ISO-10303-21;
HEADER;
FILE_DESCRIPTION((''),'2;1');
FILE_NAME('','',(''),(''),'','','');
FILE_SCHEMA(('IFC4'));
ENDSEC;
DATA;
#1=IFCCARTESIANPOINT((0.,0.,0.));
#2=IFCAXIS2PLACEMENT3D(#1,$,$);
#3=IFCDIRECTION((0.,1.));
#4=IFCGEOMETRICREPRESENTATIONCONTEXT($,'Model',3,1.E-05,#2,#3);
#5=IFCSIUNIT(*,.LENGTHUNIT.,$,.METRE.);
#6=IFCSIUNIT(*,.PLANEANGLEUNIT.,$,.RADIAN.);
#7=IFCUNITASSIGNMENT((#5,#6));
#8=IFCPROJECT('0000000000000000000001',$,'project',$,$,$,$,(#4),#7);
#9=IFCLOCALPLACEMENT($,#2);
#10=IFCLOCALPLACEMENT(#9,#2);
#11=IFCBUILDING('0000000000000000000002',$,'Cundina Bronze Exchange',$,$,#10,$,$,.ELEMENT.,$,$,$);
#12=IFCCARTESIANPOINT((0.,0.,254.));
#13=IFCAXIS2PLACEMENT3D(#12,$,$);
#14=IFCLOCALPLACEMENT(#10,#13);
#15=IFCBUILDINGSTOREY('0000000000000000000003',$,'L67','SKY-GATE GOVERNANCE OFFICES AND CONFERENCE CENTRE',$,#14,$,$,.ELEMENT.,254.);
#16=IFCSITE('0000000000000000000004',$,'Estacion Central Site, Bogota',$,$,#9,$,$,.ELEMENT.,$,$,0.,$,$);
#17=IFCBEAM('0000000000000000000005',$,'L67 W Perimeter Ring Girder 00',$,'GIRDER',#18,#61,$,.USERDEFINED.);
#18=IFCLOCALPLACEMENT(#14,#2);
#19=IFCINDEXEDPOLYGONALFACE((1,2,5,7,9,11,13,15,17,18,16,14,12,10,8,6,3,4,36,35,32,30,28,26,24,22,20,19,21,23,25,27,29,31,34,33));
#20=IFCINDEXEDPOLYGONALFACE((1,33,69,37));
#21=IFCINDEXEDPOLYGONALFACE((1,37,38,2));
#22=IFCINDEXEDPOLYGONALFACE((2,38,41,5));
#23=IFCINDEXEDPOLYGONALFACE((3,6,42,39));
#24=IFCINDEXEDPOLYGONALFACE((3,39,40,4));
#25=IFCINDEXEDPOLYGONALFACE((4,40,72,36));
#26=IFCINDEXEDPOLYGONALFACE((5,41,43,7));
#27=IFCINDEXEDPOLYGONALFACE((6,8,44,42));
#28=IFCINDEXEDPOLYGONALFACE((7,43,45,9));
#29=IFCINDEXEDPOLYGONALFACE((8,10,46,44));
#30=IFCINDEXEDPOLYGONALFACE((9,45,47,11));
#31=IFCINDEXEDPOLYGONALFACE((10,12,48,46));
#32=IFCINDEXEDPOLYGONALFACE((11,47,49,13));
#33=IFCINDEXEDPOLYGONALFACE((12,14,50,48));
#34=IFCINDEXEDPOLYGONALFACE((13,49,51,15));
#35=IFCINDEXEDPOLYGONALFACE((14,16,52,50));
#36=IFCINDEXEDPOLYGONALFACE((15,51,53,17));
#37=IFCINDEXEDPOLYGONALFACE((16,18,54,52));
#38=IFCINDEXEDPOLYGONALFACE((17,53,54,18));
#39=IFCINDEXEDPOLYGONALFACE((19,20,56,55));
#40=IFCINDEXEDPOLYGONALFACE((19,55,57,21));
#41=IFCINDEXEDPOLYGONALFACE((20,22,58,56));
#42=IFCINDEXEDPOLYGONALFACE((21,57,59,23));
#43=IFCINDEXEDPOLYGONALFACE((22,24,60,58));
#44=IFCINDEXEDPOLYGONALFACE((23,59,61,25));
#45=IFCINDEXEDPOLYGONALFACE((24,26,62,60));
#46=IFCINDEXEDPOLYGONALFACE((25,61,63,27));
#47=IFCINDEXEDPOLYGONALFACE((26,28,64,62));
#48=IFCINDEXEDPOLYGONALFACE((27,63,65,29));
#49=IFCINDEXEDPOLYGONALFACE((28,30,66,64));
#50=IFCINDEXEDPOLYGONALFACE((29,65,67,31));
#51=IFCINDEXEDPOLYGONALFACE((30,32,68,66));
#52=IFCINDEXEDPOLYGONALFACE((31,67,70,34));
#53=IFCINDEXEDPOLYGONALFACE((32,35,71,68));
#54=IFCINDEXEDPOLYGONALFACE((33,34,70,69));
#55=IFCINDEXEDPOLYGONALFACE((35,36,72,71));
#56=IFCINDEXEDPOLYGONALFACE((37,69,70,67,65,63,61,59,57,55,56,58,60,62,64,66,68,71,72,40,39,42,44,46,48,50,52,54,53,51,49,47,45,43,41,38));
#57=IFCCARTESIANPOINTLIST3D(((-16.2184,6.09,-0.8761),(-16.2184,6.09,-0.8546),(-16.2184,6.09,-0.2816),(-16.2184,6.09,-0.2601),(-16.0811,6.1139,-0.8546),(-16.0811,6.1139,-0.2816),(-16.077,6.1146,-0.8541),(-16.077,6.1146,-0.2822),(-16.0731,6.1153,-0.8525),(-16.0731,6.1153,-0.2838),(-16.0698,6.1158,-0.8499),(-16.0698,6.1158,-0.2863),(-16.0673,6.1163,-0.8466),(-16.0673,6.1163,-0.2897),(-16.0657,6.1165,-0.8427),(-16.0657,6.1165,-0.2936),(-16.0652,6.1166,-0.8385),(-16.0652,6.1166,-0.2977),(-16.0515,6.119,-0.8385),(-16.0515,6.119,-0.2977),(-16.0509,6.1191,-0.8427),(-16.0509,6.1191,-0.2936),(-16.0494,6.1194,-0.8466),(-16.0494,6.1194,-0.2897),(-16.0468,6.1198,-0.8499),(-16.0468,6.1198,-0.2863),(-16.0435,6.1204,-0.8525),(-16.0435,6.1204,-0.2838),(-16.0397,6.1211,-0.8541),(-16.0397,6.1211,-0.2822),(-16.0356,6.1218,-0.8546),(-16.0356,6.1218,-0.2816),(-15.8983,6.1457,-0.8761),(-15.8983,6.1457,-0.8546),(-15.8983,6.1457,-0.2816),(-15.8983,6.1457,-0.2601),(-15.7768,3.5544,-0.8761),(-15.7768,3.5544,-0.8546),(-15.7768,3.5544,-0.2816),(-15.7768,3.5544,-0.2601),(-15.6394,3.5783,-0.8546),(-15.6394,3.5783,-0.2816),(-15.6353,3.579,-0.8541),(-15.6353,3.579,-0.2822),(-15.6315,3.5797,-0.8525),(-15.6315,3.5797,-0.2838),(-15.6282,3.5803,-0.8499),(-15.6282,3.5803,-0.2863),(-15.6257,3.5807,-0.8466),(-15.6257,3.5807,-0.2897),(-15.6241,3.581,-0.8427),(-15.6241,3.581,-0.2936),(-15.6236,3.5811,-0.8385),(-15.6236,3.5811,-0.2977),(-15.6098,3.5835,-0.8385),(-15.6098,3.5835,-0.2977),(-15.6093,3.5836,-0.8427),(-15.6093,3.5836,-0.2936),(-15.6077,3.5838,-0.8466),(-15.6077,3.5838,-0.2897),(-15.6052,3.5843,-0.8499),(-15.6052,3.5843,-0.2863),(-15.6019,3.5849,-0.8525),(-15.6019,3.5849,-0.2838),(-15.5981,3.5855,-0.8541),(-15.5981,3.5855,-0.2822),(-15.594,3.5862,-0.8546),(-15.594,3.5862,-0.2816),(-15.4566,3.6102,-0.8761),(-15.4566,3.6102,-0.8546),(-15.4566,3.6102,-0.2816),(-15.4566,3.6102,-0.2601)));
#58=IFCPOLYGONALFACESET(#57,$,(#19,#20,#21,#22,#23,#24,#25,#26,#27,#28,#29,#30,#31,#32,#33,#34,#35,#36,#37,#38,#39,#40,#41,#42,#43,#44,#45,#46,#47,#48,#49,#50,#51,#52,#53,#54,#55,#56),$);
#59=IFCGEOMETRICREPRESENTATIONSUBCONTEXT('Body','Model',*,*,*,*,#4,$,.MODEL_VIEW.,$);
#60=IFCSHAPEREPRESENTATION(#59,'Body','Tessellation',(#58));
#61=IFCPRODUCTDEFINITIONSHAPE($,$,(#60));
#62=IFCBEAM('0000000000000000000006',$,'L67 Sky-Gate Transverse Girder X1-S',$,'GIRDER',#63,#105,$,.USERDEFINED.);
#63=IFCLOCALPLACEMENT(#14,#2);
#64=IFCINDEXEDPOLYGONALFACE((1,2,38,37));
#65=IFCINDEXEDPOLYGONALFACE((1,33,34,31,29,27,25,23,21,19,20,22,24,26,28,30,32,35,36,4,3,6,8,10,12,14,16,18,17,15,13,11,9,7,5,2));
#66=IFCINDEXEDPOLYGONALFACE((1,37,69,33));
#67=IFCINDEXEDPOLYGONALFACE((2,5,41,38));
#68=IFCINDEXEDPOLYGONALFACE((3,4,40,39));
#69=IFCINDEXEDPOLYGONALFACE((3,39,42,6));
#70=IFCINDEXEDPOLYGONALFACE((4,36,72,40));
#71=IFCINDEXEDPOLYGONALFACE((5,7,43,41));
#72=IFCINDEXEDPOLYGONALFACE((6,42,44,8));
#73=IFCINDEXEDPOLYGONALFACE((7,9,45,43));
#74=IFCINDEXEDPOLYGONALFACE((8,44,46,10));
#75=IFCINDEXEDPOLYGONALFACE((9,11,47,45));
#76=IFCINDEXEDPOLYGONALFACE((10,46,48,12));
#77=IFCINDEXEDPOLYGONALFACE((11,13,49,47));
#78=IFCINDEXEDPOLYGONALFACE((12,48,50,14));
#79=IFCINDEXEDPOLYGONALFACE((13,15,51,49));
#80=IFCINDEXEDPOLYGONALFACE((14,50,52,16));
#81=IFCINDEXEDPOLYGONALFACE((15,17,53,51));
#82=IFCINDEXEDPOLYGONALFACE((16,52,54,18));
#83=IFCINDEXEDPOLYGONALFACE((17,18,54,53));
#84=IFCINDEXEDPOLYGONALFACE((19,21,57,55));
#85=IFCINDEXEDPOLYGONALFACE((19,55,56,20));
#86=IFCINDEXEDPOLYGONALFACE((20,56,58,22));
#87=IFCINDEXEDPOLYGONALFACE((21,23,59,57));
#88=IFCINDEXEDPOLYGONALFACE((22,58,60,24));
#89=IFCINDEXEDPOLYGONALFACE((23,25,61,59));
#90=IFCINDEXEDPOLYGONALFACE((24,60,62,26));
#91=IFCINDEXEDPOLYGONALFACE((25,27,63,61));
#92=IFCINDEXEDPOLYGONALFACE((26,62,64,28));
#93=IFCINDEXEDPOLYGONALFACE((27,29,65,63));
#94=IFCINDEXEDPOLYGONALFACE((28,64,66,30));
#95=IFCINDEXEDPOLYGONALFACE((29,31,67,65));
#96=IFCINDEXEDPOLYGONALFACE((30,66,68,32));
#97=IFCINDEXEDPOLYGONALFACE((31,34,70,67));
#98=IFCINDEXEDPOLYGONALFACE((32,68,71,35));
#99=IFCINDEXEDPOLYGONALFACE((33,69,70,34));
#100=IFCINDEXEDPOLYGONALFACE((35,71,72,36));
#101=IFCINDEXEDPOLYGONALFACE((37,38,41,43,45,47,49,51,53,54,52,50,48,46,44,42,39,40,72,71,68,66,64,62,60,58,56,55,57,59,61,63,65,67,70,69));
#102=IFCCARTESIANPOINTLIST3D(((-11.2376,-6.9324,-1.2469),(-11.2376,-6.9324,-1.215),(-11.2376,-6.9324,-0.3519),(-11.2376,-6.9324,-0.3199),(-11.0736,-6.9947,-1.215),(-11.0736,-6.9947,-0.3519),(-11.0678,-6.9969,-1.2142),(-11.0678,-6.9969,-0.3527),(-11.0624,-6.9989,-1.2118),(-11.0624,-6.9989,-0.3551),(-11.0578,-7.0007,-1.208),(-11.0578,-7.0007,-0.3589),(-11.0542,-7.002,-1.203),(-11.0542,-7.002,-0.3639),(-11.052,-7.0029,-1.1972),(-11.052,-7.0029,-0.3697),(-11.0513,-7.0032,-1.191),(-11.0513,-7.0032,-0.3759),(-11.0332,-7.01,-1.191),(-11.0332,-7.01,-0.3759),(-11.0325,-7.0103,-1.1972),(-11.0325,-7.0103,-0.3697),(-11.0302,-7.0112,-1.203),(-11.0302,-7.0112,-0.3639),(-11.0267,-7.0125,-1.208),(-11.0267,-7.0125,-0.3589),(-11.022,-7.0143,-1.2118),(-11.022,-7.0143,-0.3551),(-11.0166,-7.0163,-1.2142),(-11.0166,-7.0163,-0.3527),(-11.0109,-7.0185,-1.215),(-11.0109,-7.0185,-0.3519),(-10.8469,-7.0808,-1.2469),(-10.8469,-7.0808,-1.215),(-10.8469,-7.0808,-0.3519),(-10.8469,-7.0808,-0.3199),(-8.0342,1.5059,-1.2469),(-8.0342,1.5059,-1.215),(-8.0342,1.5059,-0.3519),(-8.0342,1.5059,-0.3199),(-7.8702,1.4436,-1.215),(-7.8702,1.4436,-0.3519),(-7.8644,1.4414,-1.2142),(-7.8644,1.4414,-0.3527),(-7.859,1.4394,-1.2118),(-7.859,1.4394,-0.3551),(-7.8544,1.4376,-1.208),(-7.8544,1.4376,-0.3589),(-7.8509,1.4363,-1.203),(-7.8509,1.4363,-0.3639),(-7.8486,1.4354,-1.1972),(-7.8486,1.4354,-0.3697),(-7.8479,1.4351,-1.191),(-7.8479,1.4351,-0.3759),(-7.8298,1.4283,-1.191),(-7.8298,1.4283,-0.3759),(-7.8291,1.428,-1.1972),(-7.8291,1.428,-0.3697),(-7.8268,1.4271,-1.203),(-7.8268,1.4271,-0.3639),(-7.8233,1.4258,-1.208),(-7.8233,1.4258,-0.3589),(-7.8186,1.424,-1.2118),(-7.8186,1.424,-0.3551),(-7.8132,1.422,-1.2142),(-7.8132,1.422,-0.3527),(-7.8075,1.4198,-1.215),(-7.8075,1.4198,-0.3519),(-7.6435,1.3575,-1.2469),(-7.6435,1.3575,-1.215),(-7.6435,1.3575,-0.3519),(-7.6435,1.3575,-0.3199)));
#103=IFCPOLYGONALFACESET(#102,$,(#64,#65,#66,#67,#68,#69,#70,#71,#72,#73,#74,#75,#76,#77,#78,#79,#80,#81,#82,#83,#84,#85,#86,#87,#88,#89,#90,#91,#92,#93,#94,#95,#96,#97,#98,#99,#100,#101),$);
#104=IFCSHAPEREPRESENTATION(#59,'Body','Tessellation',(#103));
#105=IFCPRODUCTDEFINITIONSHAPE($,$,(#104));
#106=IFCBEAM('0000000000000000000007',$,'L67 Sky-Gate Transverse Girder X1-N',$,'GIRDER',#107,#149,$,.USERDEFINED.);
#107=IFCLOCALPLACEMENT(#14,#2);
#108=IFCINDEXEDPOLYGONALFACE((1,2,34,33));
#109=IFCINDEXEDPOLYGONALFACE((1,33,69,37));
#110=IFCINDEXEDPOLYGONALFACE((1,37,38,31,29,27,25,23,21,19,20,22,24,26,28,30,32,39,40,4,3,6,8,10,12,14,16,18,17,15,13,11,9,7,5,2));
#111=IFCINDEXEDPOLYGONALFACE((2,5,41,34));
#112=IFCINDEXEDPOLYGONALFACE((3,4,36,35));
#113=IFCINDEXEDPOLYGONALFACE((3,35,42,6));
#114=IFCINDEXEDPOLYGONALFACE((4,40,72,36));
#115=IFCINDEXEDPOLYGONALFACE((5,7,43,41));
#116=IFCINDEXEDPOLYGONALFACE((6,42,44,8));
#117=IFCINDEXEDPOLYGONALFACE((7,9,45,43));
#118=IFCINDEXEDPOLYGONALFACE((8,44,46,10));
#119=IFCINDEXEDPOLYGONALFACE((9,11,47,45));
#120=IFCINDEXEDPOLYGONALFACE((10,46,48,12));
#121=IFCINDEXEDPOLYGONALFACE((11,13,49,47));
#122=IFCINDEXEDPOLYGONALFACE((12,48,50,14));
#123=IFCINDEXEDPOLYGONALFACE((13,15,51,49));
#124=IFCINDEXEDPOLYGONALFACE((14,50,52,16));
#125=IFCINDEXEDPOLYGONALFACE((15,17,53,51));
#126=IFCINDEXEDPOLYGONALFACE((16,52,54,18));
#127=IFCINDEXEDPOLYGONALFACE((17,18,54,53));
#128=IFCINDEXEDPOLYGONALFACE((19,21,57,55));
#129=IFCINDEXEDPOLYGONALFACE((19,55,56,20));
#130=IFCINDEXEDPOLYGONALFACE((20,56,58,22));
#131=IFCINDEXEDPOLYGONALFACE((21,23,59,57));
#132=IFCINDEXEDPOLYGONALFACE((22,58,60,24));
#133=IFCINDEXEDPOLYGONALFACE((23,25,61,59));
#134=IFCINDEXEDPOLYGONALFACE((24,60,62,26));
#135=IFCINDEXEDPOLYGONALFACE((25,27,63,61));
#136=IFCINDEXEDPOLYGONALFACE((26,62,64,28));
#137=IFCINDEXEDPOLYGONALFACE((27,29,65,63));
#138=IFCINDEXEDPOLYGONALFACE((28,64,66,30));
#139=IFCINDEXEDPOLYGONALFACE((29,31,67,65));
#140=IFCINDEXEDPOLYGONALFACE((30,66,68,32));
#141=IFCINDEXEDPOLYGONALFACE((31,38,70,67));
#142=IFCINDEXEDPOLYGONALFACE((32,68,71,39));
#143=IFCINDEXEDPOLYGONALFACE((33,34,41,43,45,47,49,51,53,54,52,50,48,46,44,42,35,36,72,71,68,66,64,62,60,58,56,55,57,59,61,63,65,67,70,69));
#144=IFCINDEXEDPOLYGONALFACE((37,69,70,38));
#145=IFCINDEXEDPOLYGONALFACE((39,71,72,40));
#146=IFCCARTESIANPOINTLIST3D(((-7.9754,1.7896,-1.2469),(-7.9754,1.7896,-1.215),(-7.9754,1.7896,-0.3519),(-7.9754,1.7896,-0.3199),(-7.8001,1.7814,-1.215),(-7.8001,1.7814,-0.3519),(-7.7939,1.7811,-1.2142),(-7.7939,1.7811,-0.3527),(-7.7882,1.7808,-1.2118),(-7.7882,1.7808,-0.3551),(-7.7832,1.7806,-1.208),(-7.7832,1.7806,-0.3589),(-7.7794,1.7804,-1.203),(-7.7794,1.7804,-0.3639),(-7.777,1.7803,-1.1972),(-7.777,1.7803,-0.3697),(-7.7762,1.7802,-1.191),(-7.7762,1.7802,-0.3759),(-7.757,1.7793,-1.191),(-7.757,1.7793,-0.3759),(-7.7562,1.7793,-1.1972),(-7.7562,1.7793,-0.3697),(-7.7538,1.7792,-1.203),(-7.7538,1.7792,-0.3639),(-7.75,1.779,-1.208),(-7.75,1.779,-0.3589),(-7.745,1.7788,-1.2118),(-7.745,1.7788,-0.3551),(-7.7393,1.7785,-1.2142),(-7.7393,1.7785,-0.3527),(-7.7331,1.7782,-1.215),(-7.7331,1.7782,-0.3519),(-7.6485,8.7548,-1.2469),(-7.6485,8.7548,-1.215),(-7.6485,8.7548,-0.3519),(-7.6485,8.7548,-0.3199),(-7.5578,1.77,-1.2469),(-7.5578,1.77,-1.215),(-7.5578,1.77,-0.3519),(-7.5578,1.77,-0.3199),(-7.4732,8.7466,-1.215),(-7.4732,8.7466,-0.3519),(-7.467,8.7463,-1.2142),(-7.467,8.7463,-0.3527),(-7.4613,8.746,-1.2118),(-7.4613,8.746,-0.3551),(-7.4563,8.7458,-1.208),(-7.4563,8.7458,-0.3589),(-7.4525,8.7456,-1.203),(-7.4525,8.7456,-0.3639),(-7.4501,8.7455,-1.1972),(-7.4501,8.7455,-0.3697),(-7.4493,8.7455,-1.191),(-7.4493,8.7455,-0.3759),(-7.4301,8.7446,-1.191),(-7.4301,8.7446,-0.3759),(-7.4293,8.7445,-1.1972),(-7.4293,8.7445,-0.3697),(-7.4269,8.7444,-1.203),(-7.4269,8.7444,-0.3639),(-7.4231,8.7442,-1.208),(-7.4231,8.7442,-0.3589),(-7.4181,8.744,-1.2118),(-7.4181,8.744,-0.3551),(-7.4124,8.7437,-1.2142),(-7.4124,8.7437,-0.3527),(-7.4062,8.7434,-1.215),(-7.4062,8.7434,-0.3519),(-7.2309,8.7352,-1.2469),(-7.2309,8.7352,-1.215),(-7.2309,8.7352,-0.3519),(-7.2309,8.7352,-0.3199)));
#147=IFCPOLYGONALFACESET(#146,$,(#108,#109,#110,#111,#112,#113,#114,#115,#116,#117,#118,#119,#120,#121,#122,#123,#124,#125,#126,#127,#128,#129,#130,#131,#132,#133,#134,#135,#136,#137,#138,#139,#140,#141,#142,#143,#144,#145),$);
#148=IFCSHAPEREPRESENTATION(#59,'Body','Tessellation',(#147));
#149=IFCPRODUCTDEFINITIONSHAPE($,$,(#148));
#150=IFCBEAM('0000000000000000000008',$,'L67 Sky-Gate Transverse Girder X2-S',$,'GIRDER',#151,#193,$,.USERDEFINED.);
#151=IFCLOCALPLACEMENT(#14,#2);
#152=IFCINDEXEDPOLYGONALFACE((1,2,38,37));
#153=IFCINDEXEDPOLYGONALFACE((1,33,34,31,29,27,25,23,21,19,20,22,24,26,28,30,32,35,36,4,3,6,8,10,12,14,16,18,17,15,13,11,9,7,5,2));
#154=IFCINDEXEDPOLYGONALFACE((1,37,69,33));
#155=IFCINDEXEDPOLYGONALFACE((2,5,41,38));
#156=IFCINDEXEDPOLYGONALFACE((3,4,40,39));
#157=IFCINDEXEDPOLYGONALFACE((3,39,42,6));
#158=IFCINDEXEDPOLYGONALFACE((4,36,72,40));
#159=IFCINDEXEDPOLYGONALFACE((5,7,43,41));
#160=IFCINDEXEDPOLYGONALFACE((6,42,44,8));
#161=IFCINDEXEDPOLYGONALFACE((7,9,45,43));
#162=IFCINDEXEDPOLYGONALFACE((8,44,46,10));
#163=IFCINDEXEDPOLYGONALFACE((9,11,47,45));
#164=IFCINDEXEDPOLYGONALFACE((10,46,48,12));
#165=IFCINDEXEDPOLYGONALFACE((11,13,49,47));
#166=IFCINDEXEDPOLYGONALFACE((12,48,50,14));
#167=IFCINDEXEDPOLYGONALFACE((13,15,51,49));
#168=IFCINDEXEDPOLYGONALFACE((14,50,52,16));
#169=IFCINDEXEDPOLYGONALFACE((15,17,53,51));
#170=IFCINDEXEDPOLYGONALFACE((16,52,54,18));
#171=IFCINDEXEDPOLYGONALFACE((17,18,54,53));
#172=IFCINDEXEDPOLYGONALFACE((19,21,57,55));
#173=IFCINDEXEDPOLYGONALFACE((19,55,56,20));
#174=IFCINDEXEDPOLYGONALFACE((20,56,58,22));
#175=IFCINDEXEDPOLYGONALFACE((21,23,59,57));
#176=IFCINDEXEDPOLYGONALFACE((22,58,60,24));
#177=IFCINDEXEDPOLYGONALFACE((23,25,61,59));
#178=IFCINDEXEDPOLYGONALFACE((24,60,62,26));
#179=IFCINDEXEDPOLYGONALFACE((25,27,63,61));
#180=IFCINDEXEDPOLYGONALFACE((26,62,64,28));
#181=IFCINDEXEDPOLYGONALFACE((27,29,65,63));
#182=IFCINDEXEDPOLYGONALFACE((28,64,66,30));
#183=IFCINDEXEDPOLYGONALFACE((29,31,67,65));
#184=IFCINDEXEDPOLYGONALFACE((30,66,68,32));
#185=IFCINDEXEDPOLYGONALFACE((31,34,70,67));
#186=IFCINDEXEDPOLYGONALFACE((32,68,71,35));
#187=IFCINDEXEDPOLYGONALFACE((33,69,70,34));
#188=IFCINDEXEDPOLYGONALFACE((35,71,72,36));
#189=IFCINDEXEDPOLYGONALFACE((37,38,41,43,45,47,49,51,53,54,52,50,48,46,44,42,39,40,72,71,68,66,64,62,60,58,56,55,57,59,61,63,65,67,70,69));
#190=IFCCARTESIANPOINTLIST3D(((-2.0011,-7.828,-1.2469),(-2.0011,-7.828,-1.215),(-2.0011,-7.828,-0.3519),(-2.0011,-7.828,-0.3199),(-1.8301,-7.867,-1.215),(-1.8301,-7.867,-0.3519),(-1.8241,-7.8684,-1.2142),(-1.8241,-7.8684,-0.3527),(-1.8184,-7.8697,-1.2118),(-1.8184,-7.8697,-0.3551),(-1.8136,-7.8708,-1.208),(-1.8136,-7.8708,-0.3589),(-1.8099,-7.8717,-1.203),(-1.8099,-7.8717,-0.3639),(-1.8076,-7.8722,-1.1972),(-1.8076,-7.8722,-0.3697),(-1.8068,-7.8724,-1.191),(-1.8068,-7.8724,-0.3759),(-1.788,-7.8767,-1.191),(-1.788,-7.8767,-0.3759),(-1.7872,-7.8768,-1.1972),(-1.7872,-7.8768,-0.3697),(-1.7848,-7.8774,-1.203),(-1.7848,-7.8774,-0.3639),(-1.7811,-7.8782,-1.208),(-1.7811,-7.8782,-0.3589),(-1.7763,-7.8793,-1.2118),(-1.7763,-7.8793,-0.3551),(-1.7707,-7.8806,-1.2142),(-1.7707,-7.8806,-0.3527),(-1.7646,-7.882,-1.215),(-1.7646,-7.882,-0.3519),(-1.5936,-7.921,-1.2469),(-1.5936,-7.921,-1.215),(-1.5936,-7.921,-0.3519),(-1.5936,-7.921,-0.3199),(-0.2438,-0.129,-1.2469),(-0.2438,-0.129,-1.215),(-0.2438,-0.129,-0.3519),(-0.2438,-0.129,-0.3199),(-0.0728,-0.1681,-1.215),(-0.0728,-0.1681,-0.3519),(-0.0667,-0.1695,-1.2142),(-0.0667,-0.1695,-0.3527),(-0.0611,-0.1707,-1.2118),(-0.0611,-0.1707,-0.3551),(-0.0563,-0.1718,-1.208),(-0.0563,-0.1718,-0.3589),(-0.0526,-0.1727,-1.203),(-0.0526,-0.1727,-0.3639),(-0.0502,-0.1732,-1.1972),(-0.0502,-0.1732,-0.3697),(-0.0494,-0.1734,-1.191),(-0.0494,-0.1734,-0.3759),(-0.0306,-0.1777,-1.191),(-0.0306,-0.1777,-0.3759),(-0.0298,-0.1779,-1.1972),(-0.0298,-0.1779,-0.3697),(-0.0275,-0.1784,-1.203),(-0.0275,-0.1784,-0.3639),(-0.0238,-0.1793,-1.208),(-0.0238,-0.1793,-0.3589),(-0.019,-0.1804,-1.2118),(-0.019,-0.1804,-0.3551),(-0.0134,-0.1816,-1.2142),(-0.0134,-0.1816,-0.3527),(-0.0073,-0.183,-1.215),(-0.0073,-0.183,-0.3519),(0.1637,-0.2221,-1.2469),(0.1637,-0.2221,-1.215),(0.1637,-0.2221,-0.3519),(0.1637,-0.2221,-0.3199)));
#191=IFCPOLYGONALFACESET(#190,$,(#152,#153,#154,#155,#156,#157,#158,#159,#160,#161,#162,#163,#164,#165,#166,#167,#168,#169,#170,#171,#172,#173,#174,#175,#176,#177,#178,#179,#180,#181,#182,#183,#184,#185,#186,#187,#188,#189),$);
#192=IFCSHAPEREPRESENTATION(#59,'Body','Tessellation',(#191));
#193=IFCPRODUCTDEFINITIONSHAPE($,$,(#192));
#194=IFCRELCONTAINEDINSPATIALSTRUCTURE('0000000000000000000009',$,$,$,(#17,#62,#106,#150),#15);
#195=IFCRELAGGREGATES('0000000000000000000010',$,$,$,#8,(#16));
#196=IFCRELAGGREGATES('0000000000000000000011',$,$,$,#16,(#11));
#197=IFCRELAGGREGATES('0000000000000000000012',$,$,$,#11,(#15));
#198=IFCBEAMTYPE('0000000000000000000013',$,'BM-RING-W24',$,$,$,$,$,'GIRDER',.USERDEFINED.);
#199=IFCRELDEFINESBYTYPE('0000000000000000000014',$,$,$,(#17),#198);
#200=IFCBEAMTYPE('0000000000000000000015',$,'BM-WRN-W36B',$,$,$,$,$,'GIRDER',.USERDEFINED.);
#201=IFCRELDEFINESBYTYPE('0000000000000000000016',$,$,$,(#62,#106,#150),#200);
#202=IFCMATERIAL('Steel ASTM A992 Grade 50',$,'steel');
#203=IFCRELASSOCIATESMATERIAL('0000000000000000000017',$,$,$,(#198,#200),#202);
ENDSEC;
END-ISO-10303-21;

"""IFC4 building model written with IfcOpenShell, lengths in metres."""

from ifc_helpers import new_model, si_unit, direction, frame, origin, origin_2d, place, context, subcontext, project, spatial, i_section, extrude, material, material_profile, profile_set, type_object, element, save


model = new_model("IFC4")

# Units and contexts
model_context = context("Model", 3, precision=1e-05, world=origin(), true_north=direction((0.0, 1.0)))
body_context = subcontext(model_context, "Body", "Model", "MODEL_VIEW")
ifc_project = project(units=[si_unit("LENGTHUNIT", "METRE"), si_unit("PLANEANGLEUNIT", "RADIAN")], contexts=[model_context])

# Site, building, storey
site_placement = place(None, origin())
site = spatial("IfcSite", under=ifc_project, at=site_placement, Name="Estacion Central Site, Bogota", CompositionType="ELEMENT", RefElevation=0.0)
building_placement = place(site_placement, origin())
building = spatial("IfcBuilding", under=site, at=building_placement, Name="Cundina Bronze Exchange", CompositionType="ELEMENT")
storey_placement = place(building_placement, frame((0.0, 0.0, 254.0)))
storey = spatial("IfcBuildingStorey", under=building, at=storey_placement, Name="L67", Description="SKY-GATE GOVERNANCE OFFICES AND CONFERENCE CENTRE", CompositionType="ELEMENT", Elevation=254.0)

# Beams
ifc_material_1 = material(Name="Steel ASTM A992 Grade 50", Category="steel")
ifc_material_profile_1 = material_profile(ifc_material_1, i_section(OverallWidth=0.325, OverallDepth=0.616, WebThickness=0.0139, FlangeThickness=0.0215, FilletRadius=0.0161, at=origin_2d()), Name="W24X117", Category="steel")
ifc_profile_set_1 = profile_set([ifc_material_profile_1], Name="Steel ASTM A992 Grade 50")
beam_type_1 = type_object("IfcBeamType", Name="BM-RING-W24", ElementType="GIRDER", PredefinedType="USERDEFINED", material=ifc_profile_set_1)
beam_1_placement = place(storey_placement, frame((-15.6167, 3.5823, -0.5681), z_axis=(-0.171593, 0.985168, 0.0), x_axis=(-0.985168, -0.171593, 0.0)))
element("IfcBeam", 1, at=beam_1_placement, inside=storey, type_object=beam_type_1, Name="L67 W Perimeter Ring Girder 00", ObjectType="GIRDER", PredefinedType="USERDEFINED", context=body_context, shape_type="SweptSolid", body=[
    extrude(i_section(OverallWidth=0.325, OverallDepth=0.616, WebThickness=0.0139, FlangeThickness=0.0215, FilletRadius=0.0161, at=origin_2d()), origin(), (0.0, 0.0, 1.0), 2.5737),
])
ifc_material_profile_2 = material_profile(ifc_material_1, i_section(OverallWidth=0.418, OverallDepth=0.927, WebThickness=0.0193, FlangeThickness=0.032, FilletRadius=0.0239, at=origin_2d()), Name="W36X231", Category="steel")
ifc_profile_set_2 = profile_set([ifc_material_profile_2], Name="Steel ASTM A992 Grade 50")
beam_type_2 = type_object("IfcBeamType", Name="BM-WRN-W36B", ElementType="GIRDER", PredefinedType="USERDEFINED", material=ifc_profile_set_2)
beam_2_placement = place(storey_placement, frame((-11.0422, -7.0066, -0.7834), z_axis=(0.354912, 0.9349, 0.0), x_axis=(-0.9349, 0.354912, 0.0)))
element("IfcBeam", 2, at=beam_2_placement, inside=storey, type_object=beam_type_2, Name="L67 Sky-Gate Transverse Girder X1-S", ObjectType="GIRDER", PredefinedType="USERDEFINED", context=body_context, shape_type="SweptSolid", body=[
    extrude(i_section(OverallWidth=0.418, OverallDepth=0.927, WebThickness=0.0193, FlangeThickness=0.032, FilletRadius=0.0239, at=origin_2d()), origin(), (0.0, 0.0, 1.0), 9.0259),
])
beam_3_placement = place(storey_placement, frame((-7.7666, 1.7798, -0.7834), z_axis=(0.046881, 0.9989, 0.0), x_axis=(-0.9989, 0.046881, 0.0)))
element("IfcBeam", 3, at=beam_3_placement, inside=storey, type_object=beam_type_2, Name="L67 Sky-Gate Transverse Girder X1-N", ObjectType="GIRDER", PredefinedType="USERDEFINED", context=body_context, shape_type="SweptSolid", body=[
    extrude(i_section(OverallWidth=0.418, OverallDepth=0.927, WebThickness=0.0193, FlangeThickness=0.032, FilletRadius=0.0239, at=origin_2d()), origin(), (0.0, 0.0, 1.0), 6.9729),
])
beam_4_placement = place(storey_placement, frame((-1.7974, -7.8745, -0.7834), z_axis=(0.222531, 0.974926, 0.0), x_axis=(-0.974926, 0.222531, 0.0)))
element("IfcBeam", 4, at=beam_4_placement, inside=storey, type_object=beam_type_2, Name="L67 Sky-Gate Transverse Girder X2-S", ObjectType="GIRDER", PredefinedType="USERDEFINED", context=body_context, shape_type="SweptSolid", body=[
    extrude(i_section(OverallWidth=0.418, OverallDepth=0.927, WebThickness=0.0193, FlangeThickness=0.032, FilletRadius=0.0239, at=origin_2d()), origin(), (0.0, 0.0, 1.0), 7.897),
])

save(model, "model.ifc")
